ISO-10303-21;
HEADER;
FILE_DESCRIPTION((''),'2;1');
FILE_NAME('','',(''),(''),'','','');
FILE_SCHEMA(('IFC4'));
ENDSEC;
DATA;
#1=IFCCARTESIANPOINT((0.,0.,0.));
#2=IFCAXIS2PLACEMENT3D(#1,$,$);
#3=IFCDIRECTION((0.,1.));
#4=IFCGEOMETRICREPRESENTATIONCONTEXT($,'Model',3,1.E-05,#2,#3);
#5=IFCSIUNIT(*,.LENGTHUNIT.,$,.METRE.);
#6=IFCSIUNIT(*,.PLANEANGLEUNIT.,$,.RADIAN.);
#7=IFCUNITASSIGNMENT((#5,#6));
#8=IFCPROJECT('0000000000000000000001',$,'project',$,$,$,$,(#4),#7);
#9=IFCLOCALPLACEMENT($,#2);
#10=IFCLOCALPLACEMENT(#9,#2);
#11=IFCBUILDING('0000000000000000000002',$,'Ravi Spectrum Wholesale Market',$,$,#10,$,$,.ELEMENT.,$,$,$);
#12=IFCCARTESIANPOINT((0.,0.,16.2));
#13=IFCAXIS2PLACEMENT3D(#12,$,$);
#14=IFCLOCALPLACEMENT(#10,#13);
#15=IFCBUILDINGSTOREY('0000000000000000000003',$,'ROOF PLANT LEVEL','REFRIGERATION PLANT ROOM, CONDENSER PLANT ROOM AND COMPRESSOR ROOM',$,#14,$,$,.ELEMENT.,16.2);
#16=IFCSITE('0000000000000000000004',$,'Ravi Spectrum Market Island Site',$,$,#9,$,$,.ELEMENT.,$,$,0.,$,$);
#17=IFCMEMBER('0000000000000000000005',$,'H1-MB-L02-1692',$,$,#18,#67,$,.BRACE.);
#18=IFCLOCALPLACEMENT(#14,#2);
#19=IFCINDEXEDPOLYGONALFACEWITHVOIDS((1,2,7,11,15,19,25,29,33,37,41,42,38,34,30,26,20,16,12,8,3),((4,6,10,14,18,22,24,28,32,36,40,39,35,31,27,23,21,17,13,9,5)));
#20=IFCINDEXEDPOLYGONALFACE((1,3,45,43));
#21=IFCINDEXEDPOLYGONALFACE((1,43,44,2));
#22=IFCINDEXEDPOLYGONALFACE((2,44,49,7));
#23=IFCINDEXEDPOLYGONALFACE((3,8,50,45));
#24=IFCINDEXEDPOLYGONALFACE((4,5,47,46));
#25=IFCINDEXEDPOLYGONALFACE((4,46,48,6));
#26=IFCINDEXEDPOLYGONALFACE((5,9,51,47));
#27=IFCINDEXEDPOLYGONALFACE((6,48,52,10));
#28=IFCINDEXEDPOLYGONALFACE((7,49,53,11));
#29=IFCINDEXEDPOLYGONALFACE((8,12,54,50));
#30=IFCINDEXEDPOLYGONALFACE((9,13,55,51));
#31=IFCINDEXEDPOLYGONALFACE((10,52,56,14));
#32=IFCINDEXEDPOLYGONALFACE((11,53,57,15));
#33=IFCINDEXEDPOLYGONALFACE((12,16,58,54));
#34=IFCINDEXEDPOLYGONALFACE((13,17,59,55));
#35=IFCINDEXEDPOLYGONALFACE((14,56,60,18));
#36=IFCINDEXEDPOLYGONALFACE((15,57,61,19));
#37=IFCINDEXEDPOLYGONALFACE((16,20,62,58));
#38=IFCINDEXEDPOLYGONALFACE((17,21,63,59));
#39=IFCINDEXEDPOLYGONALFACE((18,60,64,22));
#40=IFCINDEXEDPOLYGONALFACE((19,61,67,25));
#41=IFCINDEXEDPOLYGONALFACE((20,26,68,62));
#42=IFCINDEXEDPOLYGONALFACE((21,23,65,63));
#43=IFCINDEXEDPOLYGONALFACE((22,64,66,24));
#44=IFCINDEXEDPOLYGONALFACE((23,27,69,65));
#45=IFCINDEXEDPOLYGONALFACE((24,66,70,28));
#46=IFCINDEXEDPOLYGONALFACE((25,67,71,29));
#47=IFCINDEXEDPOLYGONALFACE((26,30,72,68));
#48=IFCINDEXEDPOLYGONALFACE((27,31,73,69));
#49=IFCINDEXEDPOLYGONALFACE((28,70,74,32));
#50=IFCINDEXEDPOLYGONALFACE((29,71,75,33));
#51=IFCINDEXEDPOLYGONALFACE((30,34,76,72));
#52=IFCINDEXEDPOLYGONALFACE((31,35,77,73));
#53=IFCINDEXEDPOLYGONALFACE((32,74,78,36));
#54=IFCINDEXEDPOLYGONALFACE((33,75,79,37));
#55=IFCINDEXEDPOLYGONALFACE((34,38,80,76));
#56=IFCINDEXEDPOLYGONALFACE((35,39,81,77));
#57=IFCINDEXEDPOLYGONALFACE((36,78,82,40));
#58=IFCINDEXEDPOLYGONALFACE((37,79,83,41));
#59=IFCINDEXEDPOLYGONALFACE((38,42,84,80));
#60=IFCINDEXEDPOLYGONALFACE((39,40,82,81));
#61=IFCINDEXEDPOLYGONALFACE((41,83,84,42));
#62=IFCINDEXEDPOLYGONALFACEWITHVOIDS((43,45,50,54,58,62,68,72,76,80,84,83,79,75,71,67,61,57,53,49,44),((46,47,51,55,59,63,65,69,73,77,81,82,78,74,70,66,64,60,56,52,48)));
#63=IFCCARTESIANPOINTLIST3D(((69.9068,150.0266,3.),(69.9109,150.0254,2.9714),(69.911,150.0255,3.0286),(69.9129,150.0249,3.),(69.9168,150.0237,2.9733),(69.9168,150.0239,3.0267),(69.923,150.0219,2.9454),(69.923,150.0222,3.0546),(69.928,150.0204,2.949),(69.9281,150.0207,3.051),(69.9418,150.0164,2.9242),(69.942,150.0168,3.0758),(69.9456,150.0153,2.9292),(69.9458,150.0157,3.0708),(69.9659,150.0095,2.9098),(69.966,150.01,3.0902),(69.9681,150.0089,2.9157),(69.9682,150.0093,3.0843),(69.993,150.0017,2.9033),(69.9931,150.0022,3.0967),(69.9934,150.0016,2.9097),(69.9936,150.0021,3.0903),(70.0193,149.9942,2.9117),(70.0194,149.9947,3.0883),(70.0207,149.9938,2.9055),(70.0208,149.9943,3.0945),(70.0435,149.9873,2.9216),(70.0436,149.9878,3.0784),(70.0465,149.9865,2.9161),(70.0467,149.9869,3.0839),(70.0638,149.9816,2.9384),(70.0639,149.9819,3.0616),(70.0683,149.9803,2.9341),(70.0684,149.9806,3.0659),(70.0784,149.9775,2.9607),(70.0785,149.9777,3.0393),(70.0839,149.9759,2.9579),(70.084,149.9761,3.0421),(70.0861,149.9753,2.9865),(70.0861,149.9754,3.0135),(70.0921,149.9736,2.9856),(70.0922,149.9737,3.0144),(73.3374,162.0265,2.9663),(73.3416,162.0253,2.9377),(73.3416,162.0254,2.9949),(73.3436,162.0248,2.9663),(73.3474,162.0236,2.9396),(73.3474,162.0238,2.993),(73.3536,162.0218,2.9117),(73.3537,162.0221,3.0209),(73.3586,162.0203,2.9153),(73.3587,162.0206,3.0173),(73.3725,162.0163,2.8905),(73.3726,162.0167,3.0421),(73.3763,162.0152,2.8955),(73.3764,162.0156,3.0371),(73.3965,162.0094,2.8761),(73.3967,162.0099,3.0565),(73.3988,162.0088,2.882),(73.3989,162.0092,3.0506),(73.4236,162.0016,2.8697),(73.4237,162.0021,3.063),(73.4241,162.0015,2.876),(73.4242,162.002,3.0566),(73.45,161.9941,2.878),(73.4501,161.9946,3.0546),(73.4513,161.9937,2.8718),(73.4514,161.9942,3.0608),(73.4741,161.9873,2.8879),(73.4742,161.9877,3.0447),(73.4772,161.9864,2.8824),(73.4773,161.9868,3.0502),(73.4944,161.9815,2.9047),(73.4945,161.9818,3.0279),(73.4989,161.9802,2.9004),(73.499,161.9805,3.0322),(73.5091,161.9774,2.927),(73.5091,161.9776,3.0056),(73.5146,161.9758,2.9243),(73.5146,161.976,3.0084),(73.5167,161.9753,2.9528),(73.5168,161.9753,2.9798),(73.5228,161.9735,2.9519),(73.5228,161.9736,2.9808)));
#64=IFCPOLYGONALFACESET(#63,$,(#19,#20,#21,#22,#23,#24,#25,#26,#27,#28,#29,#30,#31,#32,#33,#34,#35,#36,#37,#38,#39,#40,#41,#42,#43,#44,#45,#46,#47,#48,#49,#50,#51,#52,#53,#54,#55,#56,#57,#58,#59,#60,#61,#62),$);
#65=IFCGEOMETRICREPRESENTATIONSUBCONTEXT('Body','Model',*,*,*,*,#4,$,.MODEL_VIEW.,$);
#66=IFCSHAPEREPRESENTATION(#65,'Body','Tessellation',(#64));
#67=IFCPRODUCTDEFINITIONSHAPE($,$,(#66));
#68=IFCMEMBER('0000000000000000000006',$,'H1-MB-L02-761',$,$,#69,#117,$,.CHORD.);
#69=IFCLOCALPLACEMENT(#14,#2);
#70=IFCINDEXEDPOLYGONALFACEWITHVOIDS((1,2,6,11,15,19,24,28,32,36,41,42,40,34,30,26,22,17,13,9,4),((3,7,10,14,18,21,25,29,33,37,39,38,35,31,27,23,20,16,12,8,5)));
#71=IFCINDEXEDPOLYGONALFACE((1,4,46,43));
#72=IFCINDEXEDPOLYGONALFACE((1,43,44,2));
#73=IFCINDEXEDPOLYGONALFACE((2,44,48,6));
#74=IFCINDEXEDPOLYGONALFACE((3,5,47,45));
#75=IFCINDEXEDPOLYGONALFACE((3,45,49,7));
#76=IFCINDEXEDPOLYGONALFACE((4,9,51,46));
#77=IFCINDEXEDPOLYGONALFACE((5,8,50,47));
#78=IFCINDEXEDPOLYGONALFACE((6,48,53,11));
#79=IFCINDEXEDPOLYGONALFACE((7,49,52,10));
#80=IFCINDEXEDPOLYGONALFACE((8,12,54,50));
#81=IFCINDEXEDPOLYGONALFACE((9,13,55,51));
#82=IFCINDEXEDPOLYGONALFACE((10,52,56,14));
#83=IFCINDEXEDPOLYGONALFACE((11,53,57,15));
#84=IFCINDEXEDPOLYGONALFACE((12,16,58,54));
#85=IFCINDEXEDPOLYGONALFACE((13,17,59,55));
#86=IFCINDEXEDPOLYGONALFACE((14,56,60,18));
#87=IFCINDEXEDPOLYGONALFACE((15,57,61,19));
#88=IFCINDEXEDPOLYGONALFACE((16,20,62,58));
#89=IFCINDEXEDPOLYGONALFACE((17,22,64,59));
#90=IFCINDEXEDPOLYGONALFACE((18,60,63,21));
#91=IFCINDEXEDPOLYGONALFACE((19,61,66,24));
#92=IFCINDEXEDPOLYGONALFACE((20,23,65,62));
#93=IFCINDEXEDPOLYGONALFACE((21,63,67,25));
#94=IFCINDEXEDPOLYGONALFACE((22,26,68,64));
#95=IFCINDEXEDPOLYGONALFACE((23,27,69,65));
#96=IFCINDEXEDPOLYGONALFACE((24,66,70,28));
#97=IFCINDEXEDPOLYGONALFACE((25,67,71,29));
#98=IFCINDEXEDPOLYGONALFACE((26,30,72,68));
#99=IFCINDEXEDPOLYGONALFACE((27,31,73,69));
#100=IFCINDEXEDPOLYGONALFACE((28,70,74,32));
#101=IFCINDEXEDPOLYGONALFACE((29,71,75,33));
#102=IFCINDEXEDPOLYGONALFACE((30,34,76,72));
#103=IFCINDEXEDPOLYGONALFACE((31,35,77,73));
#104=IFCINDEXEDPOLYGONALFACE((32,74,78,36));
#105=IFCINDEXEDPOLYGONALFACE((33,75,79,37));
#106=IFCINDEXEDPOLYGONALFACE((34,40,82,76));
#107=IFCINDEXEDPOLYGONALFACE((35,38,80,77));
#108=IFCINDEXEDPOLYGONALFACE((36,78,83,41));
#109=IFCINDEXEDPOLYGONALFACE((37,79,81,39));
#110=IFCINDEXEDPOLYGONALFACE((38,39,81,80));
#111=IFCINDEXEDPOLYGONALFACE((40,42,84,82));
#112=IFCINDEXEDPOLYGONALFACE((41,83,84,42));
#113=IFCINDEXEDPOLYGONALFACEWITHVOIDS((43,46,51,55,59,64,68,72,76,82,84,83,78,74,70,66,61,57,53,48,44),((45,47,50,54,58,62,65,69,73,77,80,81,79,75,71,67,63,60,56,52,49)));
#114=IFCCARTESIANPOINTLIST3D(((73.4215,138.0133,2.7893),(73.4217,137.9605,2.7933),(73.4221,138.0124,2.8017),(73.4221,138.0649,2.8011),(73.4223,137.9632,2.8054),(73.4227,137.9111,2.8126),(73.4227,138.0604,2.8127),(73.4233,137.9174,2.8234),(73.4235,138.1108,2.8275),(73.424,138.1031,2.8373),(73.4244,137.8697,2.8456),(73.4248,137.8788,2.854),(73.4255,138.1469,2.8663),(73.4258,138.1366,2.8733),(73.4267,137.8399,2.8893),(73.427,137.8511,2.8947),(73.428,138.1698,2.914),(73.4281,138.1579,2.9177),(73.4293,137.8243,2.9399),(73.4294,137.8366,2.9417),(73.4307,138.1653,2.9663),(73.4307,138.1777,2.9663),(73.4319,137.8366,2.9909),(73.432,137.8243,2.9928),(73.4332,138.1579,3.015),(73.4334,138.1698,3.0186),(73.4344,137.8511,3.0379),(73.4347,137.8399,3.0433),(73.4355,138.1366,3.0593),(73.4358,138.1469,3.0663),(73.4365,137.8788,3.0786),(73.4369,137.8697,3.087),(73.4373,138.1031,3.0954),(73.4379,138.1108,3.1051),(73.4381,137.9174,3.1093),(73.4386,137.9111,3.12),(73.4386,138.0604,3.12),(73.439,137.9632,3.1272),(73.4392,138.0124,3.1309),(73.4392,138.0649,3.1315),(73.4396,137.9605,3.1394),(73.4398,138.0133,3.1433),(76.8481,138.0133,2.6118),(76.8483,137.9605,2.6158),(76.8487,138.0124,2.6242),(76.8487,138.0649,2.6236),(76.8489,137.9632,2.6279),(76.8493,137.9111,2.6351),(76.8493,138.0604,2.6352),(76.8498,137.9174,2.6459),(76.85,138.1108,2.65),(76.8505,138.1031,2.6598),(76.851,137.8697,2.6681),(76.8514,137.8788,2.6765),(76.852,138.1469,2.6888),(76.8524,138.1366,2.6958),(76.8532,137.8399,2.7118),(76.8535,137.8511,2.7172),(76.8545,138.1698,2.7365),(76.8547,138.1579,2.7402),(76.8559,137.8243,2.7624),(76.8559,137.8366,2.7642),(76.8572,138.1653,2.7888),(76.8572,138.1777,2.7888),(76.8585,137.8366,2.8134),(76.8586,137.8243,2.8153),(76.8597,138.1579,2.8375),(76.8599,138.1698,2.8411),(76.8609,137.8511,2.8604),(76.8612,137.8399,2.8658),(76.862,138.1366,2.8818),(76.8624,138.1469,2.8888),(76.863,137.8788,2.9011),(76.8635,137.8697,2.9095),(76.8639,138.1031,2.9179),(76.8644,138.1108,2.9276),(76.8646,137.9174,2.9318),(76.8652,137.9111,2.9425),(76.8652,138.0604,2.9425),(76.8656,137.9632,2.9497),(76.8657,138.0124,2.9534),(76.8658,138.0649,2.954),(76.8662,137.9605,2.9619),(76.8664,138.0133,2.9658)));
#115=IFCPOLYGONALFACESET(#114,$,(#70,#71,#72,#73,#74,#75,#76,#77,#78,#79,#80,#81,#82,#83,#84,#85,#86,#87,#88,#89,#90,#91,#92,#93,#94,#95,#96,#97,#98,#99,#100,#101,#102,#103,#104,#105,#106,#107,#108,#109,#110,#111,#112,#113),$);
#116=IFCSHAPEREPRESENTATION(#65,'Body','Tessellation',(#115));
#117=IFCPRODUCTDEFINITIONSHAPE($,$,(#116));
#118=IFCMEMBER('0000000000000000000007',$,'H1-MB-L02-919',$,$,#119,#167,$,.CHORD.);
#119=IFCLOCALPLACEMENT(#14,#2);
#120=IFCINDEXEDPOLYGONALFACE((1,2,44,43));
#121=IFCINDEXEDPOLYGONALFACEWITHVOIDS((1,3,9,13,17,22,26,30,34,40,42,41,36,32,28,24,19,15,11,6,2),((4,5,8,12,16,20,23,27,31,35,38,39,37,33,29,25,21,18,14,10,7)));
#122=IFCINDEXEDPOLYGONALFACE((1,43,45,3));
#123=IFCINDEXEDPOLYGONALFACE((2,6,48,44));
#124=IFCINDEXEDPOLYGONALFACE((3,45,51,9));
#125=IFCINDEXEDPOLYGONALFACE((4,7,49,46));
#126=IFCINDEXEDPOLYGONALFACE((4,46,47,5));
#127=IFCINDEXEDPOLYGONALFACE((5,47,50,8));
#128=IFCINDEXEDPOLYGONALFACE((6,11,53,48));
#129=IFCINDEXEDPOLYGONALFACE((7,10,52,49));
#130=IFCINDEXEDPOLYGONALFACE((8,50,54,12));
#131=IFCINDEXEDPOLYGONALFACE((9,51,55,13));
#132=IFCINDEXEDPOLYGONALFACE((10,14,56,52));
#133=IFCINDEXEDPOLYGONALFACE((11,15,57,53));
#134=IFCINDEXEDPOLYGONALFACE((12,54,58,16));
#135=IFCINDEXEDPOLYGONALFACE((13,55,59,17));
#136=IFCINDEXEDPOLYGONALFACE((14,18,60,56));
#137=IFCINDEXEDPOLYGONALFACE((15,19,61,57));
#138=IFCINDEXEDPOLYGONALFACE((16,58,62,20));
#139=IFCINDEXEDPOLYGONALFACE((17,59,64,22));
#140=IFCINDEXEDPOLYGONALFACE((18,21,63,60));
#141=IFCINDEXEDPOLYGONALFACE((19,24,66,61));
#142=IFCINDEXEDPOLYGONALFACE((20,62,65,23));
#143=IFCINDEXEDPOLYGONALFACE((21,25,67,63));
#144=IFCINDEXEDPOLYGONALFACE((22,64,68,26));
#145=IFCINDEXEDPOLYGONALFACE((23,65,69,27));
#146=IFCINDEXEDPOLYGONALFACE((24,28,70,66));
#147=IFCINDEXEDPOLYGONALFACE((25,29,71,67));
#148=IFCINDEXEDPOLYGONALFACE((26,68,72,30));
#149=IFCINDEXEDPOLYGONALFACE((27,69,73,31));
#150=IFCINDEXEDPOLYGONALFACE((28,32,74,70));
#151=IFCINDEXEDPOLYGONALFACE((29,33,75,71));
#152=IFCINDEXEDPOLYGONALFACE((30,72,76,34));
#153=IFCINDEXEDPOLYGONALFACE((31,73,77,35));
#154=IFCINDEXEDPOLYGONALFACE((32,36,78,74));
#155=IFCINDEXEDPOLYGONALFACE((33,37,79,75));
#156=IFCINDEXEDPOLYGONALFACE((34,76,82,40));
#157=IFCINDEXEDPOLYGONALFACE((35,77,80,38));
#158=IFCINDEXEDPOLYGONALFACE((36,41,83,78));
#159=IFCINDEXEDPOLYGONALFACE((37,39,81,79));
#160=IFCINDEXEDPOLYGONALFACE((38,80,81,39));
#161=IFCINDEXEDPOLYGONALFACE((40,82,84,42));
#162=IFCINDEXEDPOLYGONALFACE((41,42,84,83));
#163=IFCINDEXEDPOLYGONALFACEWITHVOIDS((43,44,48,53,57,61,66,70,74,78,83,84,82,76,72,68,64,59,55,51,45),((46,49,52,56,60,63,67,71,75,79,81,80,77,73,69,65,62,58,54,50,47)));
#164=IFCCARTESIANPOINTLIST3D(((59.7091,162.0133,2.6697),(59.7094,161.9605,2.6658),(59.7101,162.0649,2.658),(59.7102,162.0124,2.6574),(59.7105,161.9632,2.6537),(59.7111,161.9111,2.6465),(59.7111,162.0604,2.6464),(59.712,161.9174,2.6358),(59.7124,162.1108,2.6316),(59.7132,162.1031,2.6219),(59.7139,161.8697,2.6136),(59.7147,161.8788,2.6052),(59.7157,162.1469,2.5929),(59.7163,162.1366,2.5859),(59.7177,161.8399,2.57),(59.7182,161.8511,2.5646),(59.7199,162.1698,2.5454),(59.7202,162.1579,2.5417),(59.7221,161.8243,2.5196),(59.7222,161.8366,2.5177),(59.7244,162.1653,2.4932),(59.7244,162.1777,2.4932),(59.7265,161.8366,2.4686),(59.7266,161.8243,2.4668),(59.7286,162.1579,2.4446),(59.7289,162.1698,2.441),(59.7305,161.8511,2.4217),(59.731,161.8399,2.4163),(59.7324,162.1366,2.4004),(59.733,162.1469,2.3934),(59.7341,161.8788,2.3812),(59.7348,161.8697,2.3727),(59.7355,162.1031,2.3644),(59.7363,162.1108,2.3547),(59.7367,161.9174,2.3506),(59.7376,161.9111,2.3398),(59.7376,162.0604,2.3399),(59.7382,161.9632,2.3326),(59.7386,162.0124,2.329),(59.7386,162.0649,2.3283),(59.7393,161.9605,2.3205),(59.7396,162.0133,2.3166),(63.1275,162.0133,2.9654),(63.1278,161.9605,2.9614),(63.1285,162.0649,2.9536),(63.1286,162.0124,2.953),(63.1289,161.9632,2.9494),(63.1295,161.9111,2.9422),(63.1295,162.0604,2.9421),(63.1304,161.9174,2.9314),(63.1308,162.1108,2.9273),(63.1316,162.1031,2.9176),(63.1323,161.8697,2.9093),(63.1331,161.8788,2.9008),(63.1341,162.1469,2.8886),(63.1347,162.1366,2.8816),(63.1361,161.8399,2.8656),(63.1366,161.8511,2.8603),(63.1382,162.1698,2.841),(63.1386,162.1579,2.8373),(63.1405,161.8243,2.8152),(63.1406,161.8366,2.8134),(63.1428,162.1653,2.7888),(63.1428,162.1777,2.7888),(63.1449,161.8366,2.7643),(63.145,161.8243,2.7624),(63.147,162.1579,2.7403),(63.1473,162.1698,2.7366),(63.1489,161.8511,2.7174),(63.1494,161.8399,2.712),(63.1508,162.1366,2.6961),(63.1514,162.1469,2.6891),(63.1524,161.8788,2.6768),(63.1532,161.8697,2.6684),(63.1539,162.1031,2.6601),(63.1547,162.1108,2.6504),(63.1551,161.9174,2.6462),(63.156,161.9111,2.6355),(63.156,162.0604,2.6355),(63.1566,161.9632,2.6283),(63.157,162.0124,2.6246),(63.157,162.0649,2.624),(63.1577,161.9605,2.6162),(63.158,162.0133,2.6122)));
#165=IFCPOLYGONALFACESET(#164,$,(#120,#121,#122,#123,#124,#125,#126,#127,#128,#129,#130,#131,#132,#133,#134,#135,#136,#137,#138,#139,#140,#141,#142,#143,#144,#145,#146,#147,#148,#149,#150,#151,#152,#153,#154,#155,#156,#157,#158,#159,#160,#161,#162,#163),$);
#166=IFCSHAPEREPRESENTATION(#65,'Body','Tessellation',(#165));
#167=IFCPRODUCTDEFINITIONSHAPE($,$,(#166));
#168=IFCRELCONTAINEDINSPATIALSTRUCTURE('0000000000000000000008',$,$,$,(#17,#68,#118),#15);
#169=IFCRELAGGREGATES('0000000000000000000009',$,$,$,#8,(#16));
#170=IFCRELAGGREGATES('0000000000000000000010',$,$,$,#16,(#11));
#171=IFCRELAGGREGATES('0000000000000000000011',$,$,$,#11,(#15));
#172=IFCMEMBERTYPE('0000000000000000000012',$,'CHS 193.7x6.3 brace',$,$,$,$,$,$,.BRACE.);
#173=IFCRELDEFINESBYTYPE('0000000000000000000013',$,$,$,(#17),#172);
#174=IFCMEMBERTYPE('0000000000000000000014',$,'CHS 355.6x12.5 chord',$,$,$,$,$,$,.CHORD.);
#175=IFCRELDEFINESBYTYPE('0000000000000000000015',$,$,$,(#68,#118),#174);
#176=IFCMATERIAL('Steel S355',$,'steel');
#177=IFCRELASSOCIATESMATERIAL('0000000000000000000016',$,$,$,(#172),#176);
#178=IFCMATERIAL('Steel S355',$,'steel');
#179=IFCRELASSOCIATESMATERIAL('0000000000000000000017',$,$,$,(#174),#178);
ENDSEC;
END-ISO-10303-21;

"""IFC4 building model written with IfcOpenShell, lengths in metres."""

from ifc_helpers import new_model, si_unit, direction, frame, origin, origin_2d, place, context, subcontext, project, spatial, hollow_circle, extrude, material, material_profile, profile_set, type_object, element, save


model = new_model("IFC4")

# Units and contexts
model_context = context("Model", 3, precision=1e-05, world=origin(), true_north=direction((0.0, 1.0)))
body_context = subcontext(model_context, "Body", "Model", "MODEL_VIEW")
ifc_project = project(units=[si_unit("LENGTHUNIT", "METRE"), si_unit("PLANEANGLEUNIT", "RADIAN")], contexts=[model_context])

# Site, building, storey
site_placement = place(None, origin())
site = spatial("IfcSite", under=ifc_project, at=site_placement, Name="Ravi Spectrum Market Island Site", CompositionType="ELEMENT", RefElevation=0.0)
building_placement = place(site_placement, origin())
building = spatial("IfcBuilding", under=site, at=building_placement, Name="Ravi Spectrum Wholesale Market", CompositionType="ELEMENT")
storey_placement = place(building_placement, frame((0.0, 0.0, 16.2)))
storey = spatial("IfcBuildingStorey", under=building, at=storey_placement, Name="ROOF PLANT LEVEL", Description="REFRIGERATION PLANT ROOM, CONDENSER PLANT ROOM AND COMPRESSOR ROOM", CompositionType="ELEMENT", Elevation=16.2)

# Members
ifc_material_1 = material(Name="Steel S355", Category="steel")
ifc_material_profile_1 = material_profile(ifc_material_1, hollow_circle(Radius=0.0969, WallThickness=0.0063, at=origin_2d()))
ifc_profile_set_1 = profile_set([ifc_material_profile_1], Name="Steel S355")
member_type_1 = type_object("IfcMemberType", Name="CHS 193.7x6.3 brace", PredefinedType="BRACE", material=ifc_profile_set_1)
for number, where, z_axis, x_axis, name in (
    (1, (70.0, 150.0, 3.0), (0.274875, 0.961476, -0.002699), (-0.96148, 0.274876, 0.0), "H1-MB-L02-1692"),
):
    element("IfcMember", number, at=place(storey_placement, frame(where, z_axis=z_axis, x_axis=x_axis)), inside=storey, type_object=member_type_1, Name=name, PredefinedType="BRACE", context=body_context, shape_type="SweptSolid", body=[
        extrude(hollow_circle(Radius=0.0969, WallThickness=0.0063, at=origin_2d()), origin(), (0.0, 0.0, 1.0), 12.4807),
    ])
ifc_material_2 = material(Name="Steel S355", Category="steel")
ifc_material_profile_2 = material_profile(ifc_material_2, hollow_circle(Radius=0.1777, WallThickness=0.0125, at=origin_2d()))
ifc_profile_set_2 = profile_set([ifc_material_profile_2], Name="Steel S355")
member_type_2 = type_object("IfcMemberType", Name="CHS 355.6x12.5 chord", PredefinedType="CHORD", material=ifc_profile_set_2)
for number, where, z_axis, x_axis, name in (
    (2, (73.4307, 138.0, 2.9663), (0.998661, 0.0, -0.05173), (0.0, 1.0, 0.0), "H1-MB-L02-761"),
    (3, (59.7244, 162.0, 2.4932), (0.996281, 0.0, 0.086166), (0.0, 1.0, 0.0), "H1-MB-L02-919"),
):
    element("IfcMember", number, at=place(storey_placement, frame(where, z_axis=z_axis, x_axis=x_axis)), inside=storey, type_object=member_type_2, Name=name, PredefinedType="CHORD", context=body_context, shape_type="SweptSolid", body=[
        extrude(hollow_circle(Radius=0.1777, WallThickness=0.0125, at=origin_2d()), origin(), (0.0, 0.0, 1.0), 3.4312),
    ])

save(model, "model.ifc")
